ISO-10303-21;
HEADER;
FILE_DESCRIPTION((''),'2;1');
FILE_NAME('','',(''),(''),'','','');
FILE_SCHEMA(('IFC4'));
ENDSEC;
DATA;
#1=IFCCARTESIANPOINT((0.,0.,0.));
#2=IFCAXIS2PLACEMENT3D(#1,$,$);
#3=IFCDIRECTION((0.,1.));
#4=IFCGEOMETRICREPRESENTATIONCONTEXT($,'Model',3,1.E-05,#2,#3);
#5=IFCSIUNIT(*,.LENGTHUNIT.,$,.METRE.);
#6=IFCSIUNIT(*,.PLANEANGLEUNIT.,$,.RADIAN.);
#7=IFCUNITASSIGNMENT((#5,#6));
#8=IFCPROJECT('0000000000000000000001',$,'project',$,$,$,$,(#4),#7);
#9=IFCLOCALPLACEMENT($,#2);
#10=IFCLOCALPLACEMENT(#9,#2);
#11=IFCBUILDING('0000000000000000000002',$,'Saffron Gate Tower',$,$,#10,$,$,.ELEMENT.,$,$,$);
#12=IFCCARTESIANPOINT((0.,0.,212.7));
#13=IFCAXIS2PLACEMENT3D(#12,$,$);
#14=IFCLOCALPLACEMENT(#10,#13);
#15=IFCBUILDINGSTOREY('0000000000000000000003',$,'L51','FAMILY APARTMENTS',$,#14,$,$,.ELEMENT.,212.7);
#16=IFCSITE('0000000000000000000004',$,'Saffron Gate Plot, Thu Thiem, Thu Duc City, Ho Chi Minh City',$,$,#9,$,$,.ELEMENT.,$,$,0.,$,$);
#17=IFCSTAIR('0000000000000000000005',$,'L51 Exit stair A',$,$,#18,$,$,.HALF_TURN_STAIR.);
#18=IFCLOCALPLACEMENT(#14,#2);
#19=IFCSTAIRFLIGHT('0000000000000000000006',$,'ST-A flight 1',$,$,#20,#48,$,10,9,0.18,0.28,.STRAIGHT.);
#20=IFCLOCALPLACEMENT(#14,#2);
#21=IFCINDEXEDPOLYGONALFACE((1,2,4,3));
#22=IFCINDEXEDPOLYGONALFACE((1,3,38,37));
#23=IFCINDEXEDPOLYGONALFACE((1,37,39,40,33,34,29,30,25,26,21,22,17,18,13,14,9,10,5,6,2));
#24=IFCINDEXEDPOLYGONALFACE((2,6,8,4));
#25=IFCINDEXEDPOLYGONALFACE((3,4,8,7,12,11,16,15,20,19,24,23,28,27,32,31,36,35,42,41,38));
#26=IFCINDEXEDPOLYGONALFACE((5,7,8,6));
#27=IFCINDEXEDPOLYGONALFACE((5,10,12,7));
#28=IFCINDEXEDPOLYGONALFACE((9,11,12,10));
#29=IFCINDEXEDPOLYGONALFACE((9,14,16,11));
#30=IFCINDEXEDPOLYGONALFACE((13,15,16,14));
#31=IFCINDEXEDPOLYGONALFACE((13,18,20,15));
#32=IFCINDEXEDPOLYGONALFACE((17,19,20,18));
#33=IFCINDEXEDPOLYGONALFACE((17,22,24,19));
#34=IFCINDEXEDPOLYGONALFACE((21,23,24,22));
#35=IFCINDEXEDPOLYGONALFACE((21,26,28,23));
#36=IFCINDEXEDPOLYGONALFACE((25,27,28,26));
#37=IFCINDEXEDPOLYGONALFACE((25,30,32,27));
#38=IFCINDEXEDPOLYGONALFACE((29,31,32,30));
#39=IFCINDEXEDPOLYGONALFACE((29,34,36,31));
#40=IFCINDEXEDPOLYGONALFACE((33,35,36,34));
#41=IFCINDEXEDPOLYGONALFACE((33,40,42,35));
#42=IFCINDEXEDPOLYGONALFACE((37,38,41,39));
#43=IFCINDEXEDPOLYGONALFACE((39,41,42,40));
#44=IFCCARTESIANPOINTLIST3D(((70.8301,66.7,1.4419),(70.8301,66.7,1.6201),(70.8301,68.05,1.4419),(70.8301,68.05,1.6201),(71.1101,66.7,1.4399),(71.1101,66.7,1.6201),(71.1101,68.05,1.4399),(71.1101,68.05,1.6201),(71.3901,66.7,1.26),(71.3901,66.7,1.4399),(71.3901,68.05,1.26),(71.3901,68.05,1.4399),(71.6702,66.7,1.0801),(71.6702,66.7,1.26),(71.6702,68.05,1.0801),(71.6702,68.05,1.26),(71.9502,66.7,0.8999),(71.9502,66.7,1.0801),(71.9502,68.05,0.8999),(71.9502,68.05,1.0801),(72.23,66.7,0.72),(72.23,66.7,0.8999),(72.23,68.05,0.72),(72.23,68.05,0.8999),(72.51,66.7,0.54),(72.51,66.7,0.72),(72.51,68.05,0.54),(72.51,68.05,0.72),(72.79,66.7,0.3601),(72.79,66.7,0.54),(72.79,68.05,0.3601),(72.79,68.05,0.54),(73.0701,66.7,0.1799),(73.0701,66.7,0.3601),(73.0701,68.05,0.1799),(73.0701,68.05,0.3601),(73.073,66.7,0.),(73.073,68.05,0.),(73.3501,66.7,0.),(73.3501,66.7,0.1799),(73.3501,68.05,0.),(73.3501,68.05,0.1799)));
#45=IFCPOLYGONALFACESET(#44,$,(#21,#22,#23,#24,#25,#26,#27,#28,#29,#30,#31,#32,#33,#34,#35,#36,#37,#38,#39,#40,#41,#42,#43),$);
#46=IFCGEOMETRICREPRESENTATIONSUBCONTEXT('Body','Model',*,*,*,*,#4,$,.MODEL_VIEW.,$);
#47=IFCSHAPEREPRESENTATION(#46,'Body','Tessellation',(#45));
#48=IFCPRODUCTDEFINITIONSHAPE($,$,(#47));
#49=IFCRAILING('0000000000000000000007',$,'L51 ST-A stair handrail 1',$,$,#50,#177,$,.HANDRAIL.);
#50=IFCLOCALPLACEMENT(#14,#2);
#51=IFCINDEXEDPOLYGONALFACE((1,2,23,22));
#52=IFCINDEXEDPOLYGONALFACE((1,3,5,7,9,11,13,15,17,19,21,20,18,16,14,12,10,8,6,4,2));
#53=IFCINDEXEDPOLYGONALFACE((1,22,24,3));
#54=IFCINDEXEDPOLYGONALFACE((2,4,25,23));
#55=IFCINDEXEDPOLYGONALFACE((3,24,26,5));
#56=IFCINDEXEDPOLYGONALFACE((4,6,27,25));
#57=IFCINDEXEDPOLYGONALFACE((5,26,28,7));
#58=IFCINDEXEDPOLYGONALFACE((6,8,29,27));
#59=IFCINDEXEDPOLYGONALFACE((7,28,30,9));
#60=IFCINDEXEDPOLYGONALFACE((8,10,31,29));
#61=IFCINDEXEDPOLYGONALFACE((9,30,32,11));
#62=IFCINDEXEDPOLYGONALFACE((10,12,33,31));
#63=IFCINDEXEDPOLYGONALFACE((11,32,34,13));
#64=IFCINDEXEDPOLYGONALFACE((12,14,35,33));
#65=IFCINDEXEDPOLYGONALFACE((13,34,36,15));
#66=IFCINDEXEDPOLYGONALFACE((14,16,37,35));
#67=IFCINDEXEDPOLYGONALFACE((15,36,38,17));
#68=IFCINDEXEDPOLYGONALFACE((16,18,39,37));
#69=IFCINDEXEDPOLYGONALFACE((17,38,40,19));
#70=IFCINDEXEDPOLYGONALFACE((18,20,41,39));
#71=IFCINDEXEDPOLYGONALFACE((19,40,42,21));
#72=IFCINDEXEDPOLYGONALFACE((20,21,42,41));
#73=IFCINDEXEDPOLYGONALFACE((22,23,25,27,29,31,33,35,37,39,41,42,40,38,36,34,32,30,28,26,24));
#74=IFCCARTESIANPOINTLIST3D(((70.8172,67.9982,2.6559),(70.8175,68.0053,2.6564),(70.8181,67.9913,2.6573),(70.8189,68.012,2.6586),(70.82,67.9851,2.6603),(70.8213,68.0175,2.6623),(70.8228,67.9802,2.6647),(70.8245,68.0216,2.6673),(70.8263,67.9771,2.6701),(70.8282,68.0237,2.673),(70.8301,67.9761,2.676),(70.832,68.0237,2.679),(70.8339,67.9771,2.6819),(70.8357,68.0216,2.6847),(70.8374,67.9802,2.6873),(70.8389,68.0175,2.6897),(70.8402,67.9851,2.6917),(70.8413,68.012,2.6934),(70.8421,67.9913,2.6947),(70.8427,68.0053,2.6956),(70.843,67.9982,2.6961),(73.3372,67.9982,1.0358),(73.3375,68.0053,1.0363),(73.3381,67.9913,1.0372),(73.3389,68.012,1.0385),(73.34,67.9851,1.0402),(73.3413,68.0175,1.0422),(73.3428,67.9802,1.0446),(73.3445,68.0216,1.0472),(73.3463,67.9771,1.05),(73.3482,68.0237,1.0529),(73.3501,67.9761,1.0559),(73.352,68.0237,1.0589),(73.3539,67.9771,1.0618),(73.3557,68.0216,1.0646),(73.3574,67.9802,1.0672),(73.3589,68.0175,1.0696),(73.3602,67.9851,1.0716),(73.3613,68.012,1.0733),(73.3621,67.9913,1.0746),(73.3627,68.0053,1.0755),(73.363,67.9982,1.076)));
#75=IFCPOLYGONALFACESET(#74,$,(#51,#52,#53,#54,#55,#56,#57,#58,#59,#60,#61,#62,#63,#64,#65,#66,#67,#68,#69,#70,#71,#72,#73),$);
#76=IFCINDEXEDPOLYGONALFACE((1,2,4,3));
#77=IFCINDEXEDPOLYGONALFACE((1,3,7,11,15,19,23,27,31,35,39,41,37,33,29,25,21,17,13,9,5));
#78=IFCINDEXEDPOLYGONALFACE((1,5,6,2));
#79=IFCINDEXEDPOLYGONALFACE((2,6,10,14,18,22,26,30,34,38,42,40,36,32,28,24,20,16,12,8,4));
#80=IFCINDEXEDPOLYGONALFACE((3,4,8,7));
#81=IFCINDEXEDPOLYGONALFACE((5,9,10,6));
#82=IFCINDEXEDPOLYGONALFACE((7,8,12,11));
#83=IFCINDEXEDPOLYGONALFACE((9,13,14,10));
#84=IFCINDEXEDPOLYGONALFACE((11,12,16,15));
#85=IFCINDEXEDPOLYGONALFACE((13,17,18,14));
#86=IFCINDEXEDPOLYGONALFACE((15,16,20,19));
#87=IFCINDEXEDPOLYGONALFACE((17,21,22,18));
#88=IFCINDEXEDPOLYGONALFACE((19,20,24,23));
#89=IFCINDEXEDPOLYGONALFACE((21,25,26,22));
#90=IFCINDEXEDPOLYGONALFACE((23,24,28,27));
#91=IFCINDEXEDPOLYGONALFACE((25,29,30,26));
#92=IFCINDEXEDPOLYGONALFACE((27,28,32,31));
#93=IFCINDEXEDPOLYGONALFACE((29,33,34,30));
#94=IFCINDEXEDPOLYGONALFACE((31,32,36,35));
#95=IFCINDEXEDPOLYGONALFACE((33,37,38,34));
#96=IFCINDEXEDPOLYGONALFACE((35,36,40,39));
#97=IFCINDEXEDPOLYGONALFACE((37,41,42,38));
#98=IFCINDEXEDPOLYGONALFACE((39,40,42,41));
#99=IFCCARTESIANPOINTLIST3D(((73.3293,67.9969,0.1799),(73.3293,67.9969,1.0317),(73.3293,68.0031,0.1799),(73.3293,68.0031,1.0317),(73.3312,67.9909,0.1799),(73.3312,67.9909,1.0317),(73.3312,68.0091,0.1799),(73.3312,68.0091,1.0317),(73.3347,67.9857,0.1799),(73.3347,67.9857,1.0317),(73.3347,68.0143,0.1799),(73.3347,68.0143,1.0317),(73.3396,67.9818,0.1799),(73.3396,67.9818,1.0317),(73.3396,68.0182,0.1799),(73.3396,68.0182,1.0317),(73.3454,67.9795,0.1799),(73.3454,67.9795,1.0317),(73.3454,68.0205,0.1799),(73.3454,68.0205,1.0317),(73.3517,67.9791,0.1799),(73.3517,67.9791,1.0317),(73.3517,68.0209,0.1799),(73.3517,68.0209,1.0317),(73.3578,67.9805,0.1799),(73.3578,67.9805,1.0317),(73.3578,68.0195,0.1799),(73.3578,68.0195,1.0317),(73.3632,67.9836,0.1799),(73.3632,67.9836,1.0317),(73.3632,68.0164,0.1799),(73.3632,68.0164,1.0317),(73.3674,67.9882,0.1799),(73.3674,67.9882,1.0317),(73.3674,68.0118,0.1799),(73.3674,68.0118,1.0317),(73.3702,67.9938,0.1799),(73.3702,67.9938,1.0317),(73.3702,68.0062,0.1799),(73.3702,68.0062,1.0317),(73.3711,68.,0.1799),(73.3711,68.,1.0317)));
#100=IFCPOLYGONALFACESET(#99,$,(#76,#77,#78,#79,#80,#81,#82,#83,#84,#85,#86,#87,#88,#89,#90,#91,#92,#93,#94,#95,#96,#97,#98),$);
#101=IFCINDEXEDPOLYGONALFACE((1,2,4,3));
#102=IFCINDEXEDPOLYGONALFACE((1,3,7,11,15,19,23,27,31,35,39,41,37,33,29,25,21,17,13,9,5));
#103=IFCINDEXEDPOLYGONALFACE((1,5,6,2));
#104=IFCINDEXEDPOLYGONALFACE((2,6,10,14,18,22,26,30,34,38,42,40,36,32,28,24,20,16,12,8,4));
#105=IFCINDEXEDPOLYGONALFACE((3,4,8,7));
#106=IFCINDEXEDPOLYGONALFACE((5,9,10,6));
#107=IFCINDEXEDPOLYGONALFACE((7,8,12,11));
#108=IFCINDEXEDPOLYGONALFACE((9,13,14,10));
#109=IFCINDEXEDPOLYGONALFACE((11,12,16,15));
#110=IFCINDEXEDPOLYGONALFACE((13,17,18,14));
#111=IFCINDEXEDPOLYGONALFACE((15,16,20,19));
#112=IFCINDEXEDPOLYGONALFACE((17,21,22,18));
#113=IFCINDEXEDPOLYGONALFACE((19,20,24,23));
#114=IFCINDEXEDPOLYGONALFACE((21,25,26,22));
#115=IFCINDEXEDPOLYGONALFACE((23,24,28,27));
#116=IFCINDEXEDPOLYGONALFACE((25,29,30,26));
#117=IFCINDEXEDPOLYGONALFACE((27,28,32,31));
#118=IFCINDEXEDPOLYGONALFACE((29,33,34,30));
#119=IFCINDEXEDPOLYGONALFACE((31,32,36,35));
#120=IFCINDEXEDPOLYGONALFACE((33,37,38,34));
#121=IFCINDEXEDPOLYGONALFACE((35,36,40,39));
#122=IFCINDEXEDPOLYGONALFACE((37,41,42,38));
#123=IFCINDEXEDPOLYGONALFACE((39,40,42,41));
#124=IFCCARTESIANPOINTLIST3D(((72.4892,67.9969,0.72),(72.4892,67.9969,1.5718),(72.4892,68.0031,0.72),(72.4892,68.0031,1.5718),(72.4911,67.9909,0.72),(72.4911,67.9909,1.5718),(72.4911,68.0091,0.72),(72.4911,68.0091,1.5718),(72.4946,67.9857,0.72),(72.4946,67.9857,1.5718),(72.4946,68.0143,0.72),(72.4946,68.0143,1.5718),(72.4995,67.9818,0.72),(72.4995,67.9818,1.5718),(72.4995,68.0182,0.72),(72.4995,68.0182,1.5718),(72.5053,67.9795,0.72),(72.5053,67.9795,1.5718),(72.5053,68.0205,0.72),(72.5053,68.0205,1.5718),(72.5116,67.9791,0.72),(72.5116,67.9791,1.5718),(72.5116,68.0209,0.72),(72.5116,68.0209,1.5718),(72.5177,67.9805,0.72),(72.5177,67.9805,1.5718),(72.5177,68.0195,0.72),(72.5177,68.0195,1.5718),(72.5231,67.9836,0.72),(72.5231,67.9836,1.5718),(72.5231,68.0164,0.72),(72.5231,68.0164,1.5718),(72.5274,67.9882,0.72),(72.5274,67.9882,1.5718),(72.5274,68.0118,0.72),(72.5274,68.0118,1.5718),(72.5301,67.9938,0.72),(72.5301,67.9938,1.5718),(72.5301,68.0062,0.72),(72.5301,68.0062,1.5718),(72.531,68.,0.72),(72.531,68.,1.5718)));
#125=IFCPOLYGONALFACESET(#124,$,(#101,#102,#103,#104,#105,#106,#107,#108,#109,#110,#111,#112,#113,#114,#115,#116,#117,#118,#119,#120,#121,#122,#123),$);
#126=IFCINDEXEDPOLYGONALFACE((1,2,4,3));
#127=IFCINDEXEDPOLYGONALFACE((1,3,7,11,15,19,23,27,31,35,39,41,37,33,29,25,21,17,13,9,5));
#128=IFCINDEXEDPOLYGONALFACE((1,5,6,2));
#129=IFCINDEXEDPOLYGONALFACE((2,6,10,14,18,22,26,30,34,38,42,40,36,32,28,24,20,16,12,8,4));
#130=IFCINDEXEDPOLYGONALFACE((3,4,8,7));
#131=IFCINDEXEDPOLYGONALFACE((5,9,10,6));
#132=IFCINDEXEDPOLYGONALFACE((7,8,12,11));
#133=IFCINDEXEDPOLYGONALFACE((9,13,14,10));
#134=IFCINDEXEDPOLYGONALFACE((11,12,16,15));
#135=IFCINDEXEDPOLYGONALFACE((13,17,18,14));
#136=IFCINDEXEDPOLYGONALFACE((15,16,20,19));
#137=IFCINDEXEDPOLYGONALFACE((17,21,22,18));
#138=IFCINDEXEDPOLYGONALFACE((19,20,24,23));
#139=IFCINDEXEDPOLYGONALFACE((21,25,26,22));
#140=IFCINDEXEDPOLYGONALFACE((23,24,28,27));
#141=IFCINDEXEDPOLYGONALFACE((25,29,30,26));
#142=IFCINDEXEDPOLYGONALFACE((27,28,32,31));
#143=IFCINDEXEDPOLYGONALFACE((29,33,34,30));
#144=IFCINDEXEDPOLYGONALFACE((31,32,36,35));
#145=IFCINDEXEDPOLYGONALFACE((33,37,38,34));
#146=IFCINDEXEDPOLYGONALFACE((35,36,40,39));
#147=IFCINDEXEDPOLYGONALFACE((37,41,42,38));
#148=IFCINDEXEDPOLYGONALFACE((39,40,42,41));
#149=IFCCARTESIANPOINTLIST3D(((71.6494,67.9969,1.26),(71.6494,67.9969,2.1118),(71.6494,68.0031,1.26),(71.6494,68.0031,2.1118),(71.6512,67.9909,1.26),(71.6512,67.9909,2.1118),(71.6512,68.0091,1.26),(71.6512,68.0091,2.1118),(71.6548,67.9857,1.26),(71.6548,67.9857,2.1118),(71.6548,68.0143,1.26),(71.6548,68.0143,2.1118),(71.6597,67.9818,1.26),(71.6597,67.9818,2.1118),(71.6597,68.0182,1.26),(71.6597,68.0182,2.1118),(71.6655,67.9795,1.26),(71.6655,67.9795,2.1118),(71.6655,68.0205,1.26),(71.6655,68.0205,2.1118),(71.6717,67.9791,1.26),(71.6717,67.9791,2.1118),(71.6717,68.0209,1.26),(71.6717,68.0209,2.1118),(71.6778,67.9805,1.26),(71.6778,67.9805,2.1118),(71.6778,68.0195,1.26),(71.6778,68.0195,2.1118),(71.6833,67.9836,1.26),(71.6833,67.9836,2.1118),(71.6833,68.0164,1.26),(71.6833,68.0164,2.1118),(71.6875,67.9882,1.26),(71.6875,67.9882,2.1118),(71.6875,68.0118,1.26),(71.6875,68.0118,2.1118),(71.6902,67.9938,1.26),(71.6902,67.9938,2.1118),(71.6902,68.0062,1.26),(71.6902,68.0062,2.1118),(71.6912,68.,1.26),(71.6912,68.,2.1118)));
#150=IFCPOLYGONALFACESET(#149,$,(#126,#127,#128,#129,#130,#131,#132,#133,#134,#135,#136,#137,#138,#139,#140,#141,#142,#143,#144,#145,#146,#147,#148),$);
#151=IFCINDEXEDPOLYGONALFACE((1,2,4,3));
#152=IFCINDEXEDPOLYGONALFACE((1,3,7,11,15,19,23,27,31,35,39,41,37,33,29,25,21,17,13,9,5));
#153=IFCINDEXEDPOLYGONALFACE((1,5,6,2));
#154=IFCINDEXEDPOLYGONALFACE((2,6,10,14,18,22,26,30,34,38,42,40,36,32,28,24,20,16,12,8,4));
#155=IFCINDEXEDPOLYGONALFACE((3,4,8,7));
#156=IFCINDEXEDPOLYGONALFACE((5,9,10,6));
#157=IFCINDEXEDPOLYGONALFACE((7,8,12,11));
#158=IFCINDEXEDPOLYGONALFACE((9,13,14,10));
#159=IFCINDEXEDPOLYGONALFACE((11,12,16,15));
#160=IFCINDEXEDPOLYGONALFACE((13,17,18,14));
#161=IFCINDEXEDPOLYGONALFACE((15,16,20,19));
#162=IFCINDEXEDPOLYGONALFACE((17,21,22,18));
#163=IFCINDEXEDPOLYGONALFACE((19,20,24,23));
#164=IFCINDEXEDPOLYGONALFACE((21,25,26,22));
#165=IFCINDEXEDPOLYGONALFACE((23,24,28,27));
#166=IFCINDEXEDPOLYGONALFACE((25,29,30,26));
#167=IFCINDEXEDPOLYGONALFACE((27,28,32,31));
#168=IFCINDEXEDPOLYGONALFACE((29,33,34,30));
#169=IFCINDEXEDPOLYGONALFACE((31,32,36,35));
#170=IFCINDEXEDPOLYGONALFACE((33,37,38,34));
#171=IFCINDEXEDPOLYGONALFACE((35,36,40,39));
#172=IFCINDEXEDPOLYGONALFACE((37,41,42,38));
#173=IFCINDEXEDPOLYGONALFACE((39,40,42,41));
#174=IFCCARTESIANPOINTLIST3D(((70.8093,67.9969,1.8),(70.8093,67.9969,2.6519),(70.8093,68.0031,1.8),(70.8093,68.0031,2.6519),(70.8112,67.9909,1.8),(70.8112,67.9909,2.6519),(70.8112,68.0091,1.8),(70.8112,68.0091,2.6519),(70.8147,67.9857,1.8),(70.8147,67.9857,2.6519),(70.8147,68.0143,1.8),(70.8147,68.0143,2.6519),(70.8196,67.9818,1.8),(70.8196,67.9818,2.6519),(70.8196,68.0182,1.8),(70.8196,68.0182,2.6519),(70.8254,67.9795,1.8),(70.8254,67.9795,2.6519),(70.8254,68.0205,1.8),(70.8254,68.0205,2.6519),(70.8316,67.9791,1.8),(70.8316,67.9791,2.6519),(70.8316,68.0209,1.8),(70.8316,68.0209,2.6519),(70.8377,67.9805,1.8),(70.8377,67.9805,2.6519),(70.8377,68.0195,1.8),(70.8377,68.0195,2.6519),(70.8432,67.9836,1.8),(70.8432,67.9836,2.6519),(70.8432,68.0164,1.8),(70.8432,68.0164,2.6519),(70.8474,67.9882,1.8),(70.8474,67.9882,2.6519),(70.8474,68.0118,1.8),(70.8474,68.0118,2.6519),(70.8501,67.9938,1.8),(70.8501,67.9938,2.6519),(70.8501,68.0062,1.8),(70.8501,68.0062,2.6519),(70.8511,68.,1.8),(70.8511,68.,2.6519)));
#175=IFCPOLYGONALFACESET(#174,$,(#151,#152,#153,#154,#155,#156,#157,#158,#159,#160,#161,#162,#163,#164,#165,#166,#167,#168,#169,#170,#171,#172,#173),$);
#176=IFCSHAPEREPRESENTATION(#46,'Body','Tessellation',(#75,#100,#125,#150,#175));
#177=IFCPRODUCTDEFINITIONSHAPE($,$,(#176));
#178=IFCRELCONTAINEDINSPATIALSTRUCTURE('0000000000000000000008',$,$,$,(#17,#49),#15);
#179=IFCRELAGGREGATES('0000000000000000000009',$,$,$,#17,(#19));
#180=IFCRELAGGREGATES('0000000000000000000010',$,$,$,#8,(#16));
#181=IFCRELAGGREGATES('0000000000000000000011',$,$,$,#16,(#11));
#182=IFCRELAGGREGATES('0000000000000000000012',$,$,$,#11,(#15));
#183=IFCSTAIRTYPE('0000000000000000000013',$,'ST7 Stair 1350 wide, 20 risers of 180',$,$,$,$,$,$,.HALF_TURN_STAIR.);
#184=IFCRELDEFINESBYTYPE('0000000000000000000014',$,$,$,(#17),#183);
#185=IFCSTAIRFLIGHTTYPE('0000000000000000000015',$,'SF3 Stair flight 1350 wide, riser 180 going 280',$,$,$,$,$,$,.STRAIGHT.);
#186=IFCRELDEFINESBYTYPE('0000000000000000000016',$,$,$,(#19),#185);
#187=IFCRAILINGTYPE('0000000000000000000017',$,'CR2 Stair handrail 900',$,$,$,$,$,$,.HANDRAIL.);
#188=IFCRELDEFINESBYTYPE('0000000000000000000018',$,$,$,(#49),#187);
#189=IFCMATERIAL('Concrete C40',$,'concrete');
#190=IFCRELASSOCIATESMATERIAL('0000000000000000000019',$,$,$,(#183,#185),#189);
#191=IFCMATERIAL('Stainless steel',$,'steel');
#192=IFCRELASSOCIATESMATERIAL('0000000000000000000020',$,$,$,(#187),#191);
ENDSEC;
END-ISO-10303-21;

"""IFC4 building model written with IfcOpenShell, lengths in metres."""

from ifc_helpers import new_model, si_unit, direction, frame, origin, origin_2d, place, context, subcontext, project, spatial, polyline, circle, outline, extrude, material, type_object, element, aggregate, save


model = new_model("IFC4")

# Units and contexts
model_context = context("Model", 3, precision=1e-05, world=origin(), true_north=direction((0.0, 1.0)))
body_context = subcontext(model_context, "Body", "Model", "MODEL_VIEW")
ifc_project = project(units=[si_unit("LENGTHUNIT", "METRE"), si_unit("PLANEANGLEUNIT", "RADIAN")], contexts=[model_context])

# Site, building, storey
site_placement = place(None, origin())
site = spatial("IfcSite", under=ifc_project, at=site_placement, Name="Saffron Gate Plot, Thu Thiem, Thu Duc City, Ho Chi Minh City", CompositionType="ELEMENT", RefElevation=0.0)
building_placement = place(site_placement, origin())
building = spatial("IfcBuilding", under=site, at=building_placement, Name="Saffron Gate Tower", CompositionType="ELEMENT")
storey_placement = place(building_placement, frame((0.0, 0.0, 212.7)))
storey = spatial("IfcBuildingStorey", under=building, at=storey_placement, Name="L51", Description="FAMILY APARTMENTS", CompositionType="ELEMENT", Elevation=212.7)

# Stair, stair flight
ifc_material_1 = material(Name="Concrete C40", Category="concrete")
stair_type = type_object("IfcStairType", Name="ST7 Stair 1350 wide, 20 risers of 180", PredefinedType="HALF_TURN_STAIR", material=ifc_material_1)
stair_placement = place(storey_placement, origin())
stair = element("IfcStair", 1, at=stair_placement, inside=storey, type_object=stair_type, Name="L51 Exit stair A", PredefinedType="HALF_TURN_STAIR")
stair_flight_type = type_object("IfcStairFlightType", Name="SF3 Stair flight 1350 wide, riser 180 going 280", PredefinedType="STRAIGHT", material=ifc_material_1)
stair_flight_placement = place(storey_placement, frame((73.3501, 67.375, 0.0), z_axis=(0.0, 0.0, 1.0), x_axis=(-1.0, 0.0, 0.0)))
stair_flight = element("IfcStairFlight", 2, at=stair_flight_placement, type_object=stair_flight_type, Name="ST-A flight 1", NumberOfRisers=10, NumberOfTreads=9, PredefinedType="STRAIGHT", RiserHeight=0.18, TreadLength=0.28, context=body_context, shape_type="SweptSolid", body=[
    extrude(outline(polyline([(0.0, 0.0), (0.0, 0.1799), (0.28, 0.1799), (0.28, 0.3601), (0.5601, 0.3601), (0.5601, 0.54), (0.8401, 0.54), (0.8401, 0.72), (1.1201, 0.72), (1.1201, 0.8999), (1.3999, 0.8999), (1.3999, 1.0801), (1.6799, 1.0801), (1.6799, 1.26), (1.96, 1.26), (1.96, 1.4399), (2.24, 1.4399), (2.24, 1.6201), (2.52, 1.6201), (2.52, 1.8), (2.52, 1.4419), (0.2771, 0.0), (0.0, 0.0)])), frame((0.0, 0.675, 0.0), z_axis=(0.0, -1.0, 0.0), x_axis=(1.0, 0.0, 0.0)), (0.0, 0.0, 1.0), 1.3501),
])
aggregate(stair, [stair_flight])

# Railing
ifc_material_2 = material(Name="Stainless steel", Category="steel")
railing_type_1 = type_object("IfcRailingType", Name="CR2 Stair handrail 900", PredefinedType="HANDRAIL", material=ifc_material_2)
railing_1_placement = place(storey_placement, frame((73.3501, 68.0, 0.1799)))
element("IfcRailing", 3, at=railing_1_placement, inside=storey, type_object=railing_type_1, Name="L51 ST-A stair handrail 1", PredefinedType="HANDRAIL", context=body_context, shape_type="SweptSolid", body=[
    extrude(circle(Radius=0.0239, at=origin_2d()), frame((0.0, 0.0, 0.876), z_axis=(-0.841163, 0.0, 0.540782), x_axis=(0.0, -1.0, 0.0)), (0.0, 0.0, 1.0), 2.9958),
    extrude(circle(Radius=0.021, at=origin_2d()), origin(), (0.0, 0.0, 1.0), 0.8518),
    extrude(circle(Radius=0.021, at=origin_2d()), frame((-0.8401, 0.0, 0.54)), (0.0, 0.0, 1.0), 0.8518),
    extrude(circle(Radius=0.021, at=origin_2d()), frame((-1.6799, 0.0, 1.0801)), (0.0, 0.0, 1.0), 0.8518),
    extrude(circle(Radius=0.021, at=origin_2d()), frame((-2.52, 0.0, 1.6201)), (0.0, 0.0, 1.0), 0.8518),
])

save(model, "model.ifc")
